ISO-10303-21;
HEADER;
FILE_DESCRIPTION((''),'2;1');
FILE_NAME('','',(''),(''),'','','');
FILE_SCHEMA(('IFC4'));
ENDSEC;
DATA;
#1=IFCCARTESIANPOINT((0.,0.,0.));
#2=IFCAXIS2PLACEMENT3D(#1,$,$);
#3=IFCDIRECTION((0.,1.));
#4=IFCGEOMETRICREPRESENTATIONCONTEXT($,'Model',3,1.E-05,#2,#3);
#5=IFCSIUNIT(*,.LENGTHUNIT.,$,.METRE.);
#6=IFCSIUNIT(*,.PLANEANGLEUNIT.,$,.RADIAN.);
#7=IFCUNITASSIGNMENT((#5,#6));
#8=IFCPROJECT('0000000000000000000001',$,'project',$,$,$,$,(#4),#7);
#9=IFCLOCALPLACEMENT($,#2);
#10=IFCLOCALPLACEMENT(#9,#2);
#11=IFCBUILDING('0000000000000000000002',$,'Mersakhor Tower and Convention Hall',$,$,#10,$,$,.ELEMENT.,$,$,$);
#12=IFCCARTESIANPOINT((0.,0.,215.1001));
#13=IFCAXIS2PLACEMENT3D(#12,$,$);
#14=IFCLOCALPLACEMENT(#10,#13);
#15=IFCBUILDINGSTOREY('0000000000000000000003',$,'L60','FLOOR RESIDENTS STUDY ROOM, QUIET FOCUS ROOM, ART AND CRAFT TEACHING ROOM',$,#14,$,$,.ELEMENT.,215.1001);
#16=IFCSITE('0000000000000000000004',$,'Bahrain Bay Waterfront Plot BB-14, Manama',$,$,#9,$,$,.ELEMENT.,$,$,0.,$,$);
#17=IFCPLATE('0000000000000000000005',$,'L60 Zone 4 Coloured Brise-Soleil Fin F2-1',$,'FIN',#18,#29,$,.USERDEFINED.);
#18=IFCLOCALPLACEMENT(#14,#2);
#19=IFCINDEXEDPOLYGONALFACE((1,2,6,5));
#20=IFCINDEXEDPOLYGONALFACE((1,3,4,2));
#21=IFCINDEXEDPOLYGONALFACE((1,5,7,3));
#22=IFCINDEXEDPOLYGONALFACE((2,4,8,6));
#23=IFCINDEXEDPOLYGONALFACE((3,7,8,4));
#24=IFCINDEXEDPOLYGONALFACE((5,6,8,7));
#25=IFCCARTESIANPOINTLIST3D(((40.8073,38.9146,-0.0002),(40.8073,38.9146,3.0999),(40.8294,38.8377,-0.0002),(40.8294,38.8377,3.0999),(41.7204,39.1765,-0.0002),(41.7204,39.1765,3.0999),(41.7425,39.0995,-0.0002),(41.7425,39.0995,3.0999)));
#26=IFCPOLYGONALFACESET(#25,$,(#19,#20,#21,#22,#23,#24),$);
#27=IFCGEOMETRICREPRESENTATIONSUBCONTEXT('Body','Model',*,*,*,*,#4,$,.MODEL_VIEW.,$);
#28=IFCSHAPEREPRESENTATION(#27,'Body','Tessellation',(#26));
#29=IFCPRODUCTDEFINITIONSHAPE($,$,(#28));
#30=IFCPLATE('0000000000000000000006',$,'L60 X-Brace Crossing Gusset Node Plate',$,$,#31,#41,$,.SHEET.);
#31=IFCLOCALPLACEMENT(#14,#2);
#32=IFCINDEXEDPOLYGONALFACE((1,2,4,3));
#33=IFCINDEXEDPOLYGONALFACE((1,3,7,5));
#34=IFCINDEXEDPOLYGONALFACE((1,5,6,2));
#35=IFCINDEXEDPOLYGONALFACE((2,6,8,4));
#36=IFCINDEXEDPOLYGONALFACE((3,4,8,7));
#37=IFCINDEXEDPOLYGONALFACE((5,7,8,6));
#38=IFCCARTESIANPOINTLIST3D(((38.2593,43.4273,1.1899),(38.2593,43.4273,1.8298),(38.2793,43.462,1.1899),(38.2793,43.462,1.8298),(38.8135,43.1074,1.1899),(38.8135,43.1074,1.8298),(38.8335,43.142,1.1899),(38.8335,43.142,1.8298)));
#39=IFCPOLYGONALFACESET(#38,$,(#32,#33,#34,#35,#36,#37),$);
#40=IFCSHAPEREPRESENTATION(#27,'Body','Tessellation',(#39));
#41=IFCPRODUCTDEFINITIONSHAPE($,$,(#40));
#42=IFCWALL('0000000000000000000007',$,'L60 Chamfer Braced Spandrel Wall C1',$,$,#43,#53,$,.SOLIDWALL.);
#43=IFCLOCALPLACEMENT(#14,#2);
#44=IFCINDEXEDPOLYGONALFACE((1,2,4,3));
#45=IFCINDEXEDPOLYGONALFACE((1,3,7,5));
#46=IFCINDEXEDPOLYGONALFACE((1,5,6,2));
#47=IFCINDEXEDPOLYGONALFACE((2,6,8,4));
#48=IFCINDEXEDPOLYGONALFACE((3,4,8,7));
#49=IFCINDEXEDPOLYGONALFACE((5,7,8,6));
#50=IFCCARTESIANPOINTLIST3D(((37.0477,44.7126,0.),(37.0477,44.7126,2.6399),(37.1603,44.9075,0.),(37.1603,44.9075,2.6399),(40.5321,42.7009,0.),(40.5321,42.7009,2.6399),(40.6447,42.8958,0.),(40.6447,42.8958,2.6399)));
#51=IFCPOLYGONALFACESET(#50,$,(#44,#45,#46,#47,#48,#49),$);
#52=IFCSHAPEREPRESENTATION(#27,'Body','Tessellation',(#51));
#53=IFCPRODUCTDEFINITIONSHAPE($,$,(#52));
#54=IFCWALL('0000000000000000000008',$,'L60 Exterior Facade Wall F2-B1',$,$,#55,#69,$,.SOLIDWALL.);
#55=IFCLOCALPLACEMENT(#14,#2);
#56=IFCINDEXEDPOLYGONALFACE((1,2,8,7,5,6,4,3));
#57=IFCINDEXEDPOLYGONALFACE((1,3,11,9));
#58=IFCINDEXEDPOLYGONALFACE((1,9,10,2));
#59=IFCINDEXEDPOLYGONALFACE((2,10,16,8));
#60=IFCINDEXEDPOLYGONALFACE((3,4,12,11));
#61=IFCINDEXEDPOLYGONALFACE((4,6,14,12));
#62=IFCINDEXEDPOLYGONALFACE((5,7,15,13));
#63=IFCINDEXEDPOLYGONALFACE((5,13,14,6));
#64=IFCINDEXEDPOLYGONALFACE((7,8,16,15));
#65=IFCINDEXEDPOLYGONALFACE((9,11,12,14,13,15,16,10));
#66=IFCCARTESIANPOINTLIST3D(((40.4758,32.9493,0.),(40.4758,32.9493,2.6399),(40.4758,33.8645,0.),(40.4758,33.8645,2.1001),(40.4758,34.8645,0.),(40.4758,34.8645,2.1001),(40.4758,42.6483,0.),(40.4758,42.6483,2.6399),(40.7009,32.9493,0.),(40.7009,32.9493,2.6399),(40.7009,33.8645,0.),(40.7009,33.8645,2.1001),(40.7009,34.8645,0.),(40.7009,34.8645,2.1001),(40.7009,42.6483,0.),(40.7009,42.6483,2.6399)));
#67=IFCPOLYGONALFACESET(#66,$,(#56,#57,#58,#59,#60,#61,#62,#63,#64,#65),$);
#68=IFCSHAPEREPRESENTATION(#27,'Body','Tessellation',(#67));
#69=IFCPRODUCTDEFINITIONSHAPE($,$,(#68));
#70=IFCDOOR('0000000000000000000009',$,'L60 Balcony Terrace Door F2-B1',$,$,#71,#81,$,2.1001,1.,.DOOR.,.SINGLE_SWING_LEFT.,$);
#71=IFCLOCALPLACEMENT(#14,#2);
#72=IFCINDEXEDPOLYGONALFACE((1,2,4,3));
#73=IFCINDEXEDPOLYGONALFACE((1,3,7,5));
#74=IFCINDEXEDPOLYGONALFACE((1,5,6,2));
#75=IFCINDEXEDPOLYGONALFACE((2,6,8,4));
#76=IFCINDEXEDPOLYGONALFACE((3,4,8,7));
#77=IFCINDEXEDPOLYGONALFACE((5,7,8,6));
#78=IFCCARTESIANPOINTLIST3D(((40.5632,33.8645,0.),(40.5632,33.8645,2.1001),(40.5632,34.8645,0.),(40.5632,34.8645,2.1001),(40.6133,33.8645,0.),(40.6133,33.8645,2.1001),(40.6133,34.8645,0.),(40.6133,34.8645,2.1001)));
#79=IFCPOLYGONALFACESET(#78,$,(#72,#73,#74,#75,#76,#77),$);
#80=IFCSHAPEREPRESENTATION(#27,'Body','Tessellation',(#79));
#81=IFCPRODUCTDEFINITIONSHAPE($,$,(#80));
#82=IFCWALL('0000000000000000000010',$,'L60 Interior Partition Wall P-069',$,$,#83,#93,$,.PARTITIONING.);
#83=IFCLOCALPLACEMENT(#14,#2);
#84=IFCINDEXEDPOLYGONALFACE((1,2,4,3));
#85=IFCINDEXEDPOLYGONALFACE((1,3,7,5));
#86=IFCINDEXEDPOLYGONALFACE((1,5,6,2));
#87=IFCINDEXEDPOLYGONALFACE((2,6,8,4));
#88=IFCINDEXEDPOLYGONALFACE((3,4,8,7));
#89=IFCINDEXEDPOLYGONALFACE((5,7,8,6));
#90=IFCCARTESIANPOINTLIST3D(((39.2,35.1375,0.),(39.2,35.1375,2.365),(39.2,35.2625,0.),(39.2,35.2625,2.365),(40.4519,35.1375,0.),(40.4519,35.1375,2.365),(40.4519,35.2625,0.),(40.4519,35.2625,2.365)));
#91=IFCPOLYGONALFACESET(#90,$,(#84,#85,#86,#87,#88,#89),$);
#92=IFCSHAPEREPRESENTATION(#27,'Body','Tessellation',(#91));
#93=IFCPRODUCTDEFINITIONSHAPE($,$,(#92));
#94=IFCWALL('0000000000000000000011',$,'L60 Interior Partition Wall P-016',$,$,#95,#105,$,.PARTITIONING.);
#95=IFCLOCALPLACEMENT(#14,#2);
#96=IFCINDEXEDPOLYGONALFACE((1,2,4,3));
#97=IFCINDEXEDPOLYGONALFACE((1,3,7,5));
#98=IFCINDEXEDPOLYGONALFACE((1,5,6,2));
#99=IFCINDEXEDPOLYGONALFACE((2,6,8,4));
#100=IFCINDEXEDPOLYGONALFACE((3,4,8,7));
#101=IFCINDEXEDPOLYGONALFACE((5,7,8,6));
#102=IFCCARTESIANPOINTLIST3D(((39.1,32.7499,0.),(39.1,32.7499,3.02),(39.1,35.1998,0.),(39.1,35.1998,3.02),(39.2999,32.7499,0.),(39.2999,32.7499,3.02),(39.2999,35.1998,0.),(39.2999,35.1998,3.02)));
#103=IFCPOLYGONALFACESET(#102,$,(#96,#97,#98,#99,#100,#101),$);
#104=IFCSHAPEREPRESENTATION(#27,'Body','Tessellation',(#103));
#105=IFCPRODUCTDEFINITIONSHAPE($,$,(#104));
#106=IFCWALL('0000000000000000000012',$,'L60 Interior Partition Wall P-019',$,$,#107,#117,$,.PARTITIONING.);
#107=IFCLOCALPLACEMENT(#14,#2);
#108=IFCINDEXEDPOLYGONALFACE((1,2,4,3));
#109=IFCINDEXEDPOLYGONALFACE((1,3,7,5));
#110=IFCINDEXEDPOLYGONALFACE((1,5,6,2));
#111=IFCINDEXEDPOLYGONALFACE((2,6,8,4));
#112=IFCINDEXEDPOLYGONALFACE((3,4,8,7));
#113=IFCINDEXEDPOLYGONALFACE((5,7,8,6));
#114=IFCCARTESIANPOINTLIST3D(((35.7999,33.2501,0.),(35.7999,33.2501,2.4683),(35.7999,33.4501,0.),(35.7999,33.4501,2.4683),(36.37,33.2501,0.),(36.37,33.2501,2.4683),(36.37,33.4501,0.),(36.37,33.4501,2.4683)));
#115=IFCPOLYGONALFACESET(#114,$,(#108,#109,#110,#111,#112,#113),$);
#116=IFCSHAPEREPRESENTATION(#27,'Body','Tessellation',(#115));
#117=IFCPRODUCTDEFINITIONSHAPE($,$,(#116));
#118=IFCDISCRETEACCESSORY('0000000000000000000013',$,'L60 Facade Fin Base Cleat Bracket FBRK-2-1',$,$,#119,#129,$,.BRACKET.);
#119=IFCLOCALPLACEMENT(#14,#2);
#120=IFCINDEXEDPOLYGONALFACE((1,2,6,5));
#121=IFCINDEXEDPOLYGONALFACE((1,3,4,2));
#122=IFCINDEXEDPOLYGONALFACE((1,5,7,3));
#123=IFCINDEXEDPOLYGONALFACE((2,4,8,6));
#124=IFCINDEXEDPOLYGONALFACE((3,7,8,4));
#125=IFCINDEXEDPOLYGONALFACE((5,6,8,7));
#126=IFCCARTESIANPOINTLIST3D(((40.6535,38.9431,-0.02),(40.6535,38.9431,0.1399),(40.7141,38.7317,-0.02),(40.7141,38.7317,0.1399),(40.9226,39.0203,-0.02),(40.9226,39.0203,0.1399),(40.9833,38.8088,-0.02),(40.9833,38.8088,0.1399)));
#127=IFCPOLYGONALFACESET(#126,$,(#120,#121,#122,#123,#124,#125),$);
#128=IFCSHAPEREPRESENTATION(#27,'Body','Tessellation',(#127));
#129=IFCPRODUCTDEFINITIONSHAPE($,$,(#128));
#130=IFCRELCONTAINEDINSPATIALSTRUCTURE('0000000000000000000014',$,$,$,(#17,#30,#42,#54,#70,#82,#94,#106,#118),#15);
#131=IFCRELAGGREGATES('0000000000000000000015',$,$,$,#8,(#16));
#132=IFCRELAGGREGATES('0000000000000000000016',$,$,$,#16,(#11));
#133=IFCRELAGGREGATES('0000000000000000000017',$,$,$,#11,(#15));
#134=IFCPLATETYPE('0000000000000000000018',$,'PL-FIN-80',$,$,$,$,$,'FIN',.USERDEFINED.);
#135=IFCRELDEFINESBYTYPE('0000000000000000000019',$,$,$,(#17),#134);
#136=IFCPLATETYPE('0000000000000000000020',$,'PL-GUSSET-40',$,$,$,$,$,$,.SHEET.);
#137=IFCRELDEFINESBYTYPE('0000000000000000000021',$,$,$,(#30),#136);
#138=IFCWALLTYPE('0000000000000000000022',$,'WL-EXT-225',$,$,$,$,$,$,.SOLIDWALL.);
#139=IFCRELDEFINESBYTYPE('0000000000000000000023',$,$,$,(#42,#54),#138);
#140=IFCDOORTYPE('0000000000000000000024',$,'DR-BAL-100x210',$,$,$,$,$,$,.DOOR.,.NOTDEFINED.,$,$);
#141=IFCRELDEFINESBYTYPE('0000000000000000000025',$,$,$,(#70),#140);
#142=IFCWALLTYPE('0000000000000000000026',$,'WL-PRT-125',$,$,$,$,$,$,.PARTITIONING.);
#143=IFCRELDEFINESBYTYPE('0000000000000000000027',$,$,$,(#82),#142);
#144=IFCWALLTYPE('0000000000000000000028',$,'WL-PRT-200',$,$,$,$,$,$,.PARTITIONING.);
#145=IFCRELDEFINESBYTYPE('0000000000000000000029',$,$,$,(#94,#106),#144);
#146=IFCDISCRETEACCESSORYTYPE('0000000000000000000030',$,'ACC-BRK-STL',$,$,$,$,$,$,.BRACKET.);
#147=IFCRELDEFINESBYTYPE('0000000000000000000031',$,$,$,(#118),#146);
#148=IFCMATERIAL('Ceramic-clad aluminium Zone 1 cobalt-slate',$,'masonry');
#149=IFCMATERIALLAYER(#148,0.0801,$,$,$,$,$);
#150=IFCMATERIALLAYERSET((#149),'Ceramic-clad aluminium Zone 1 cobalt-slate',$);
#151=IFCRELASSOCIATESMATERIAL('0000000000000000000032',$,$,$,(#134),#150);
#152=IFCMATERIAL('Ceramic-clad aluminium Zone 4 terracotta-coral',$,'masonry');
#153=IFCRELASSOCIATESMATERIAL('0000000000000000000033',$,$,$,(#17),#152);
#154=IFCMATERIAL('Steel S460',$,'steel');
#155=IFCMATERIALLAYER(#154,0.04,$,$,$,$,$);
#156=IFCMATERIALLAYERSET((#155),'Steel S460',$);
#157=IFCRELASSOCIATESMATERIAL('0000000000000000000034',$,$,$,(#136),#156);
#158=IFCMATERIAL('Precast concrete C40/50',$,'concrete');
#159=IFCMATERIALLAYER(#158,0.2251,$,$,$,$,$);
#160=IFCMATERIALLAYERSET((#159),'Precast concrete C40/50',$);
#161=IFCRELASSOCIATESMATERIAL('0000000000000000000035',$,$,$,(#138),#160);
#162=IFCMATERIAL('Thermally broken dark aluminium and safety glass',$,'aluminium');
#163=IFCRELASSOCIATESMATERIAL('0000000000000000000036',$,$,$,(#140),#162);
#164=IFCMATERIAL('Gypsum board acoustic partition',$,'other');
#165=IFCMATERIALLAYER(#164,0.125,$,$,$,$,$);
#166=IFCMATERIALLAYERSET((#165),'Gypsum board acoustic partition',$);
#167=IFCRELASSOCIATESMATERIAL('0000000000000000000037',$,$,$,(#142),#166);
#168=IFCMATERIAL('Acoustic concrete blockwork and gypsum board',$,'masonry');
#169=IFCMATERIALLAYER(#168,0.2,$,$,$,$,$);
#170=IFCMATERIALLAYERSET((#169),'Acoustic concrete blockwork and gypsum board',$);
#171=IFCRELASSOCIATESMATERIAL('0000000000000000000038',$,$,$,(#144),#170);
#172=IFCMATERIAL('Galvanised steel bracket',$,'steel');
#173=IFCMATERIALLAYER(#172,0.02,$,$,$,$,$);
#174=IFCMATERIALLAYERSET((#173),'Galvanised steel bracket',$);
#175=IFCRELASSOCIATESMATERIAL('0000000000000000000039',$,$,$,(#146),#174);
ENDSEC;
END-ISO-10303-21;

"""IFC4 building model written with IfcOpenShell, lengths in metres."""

from ifc_helpers import new_model, si_unit, direction, frame, frame_2d, origin, origin_2d, place, context, subcontext, project, spatial, rectangle, extrude, material, layer, layer_set, type_object, element, fill, save


model = new_model("IFC4")

# Units and contexts
model_context = context("Model", 3, precision=1e-05, world=origin(), true_north=direction((0.0, 1.0)))
body_context = subcontext(model_context, "Body", "Model", "MODEL_VIEW")
ifc_project = project(units=[si_unit("LENGTHUNIT", "METRE"), si_unit("PLANEANGLEUNIT", "RADIAN")], contexts=[model_context])

# Site, building, storey
site_placement = place(None, origin())
site = spatial("IfcSite", under=ifc_project, at=site_placement, Name="Bahrain Bay Waterfront Plot BB-14, Manama", CompositionType="ELEMENT", RefElevation=0.0)
building_placement = place(site_placement, origin())
building = spatial("IfcBuilding", under=site, at=building_placement, Name="Mersakhor Tower and Convention Hall", CompositionType="ELEMENT")
storey_placement = place(building_placement, frame((0.0, 0.0, 215.1001)))
storey = spatial("IfcBuildingStorey", under=building, at=storey_placement, Name="L60", Description="FLOOR RESIDENTS STUDY ROOM, QUIET FOCUS ROOM, ART AND CRAFT TEACHING ROOM", CompositionType="ELEMENT", Elevation=215.1001)

# Plates
ifc_material_1 = material(Name="Ceramic-clad aluminium Zone 4 terracotta-coral", Category="masonry")
ifc_material_2 = material(Name="Ceramic-clad aluminium Zone 1 cobalt-slate", Category="masonry")
ifc_layer_1 = layer(ifc_material_2, 0.0801)
ifc_layer_set_1 = layer_set([ifc_layer_1], Name="Ceramic-clad aluminium Zone 1 cobalt-slate")
plate_type_1 = type_object("IfcPlateType", Name="PL-FIN-80", ElementType="FIN", PredefinedType="USERDEFINED", material=ifc_layer_set_1)
plate_1_placement = place(storey_placement, frame((41.2749, 39.0071, -0.0002), z_axis=(0.0, 0.0, 1.0), x_axis=(0.961262, 0.275637, 0.0)))
element("IfcPlate", 1, at=plate_1_placement, inside=storey, type_object=plate_type_1, material=ifc_material_1, Name="L60 Zone 4 Coloured Brise-Soleil Fin F2-1", ObjectType="FIN", PredefinedType="USERDEFINED", context=body_context, shape_type="SweptSolid", body=[
    extrude(rectangle(XDim=0.95, YDim=0.0801, at=origin_2d()), origin(), (0.0, 0.0, 1.0), 3.1001),
])
ifc_material_3 = material(Name="Steel S460", Category="steel")
ifc_layer_2 = layer(ifc_material_3, 0.04)
ifc_layer_set_2 = layer_set([ifc_layer_2], Name="Steel S460")
plate_type_2 = type_object("IfcPlateType", Name="PL-GUSSET-40", PredefinedType="SHEET", material=ifc_layer_set_2)
plate_2_placement = place(storey_placement, frame((38.5464, 43.2847, 1.1899), z_axis=(0.0, 0.0, 1.0), x_axis=(-0.866025, 0.5, 0.0)))
element("IfcPlate", 2, at=plate_2_placement, inside=storey, type_object=plate_type_2, Name="L60 X-Brace Crossing Gusset Node Plate", PredefinedType="SHEET", context=body_context, shape_type="SweptSolid", body=[
    extrude(rectangle(XDim=0.6399, YDim=0.04, at=origin_2d()), origin(), (0.0, 0.0, 1.0), 0.6399),
])

# Wall
ifc_material_4 = material(Name="Precast concrete C40/50", Category="concrete")
ifc_layer_3 = layer(ifc_material_4, 0.2251)
ifc_layer_set_3 = layer_set([ifc_layer_3], Name="Precast concrete C40/50")
wall_type_1 = type_object("IfcWallType", Name="WL-EXT-225", PredefinedType="SOLIDWALL", material=ifc_layer_set_3)
wall_1_placement = place(storey_placement, frame((37.104, 44.8101, 0.0), z_axis=(0.0, 0.0, 1.0), x_axis=(0.866024, -0.500003, 0.0)))
element("IfcWall", 3, at=wall_1_placement, inside=storey, type_object=wall_type_1, Name="L60 Chamfer Braced Spandrel Wall C1", PredefinedType="SOLIDWALL", context=body_context, shape_type="SweptSolid", body=[
    extrude(rectangle(XDim=4.0234, YDim=0.2251, at=frame_2d((2.0117, 0.0))), origin(), (0.0, 0.0, 1.0), 2.6399),
])

# Wall, opening, door
wall_2_placement = place(storey_placement, frame((40.5884, 42.6484, 0.0), z_axis=(0.0, 0.0, 1.0), x_axis=(0.0, -1.0, 0.0)))
wall_2 = element("IfcWall", 4, at=wall_2_placement, inside=storey, type_object=wall_type_1, Name="L60 Exterior Facade Wall F2-B1", PredefinedType="SOLIDWALL", context=body_context, shape_type="SweptSolid", body=[
    extrude(rectangle(XDim=9.699, YDim=0.2251, at=frame_2d((4.8496, 0.0))), origin(), (0.0, 0.0, 1.0), 2.6399),
])
opening_placement = place(wall_2_placement, frame((7.7839, 0.0, 0.0)))
opening = element("IfcOpeningElement", 5, at=opening_placement, cuts=wall_2, PredefinedType="OPENING", context=body_context, shape_type="SweptSolid", body=[
    extrude(rectangle(XDim=1.0, YDim=2.1001, at=frame_2d((0.5, 1.05))), frame((0.0, 0.1226, 0.0), z_axis=(0.0, -1.0, 0.0), x_axis=(1.0, 0.0, 0.0)), (0.0, 0.0, 1.0), 0.2451),
])
ifc_material_5 = material(Name="Thermally broken dark aluminium and safety glass", Category="aluminium")
door_type = type_object("IfcDoorType", Name="DR-BAL-100x210", OperationType="NOTDEFINED", PredefinedType="DOOR", material=ifc_material_5)
door_placement = place(opening_placement, origin())
door = element("IfcDoor", 6, at=door_placement, inside=storey, type_object=door_type, Name="L60 Balcony Terrace Door F2-B1", OperationType="SINGLE_SWING_LEFT", OverallHeight=2.1001, OverallWidth=1.0, PredefinedType="DOOR", context=body_context, shape_type="SweptSolid", body=[
    extrude(rectangle(XDim=1.0, YDim=2.1001, at=frame_2d((0.5, 1.05))), frame((0.0, 0.0249, 0.0), z_axis=(0.0, -1.0, 0.0), x_axis=(1.0, 0.0, 0.0)), (0.0, 0.0, 1.0), 0.05),
])
fill(opening, door)

# Walls
ifc_material_6 = material(Name="Gypsum board acoustic partition", Category="other")
ifc_layer_4 = layer(ifc_material_6, 0.125)
ifc_layer_set_4 = layer_set([ifc_layer_4], Name="Gypsum board acoustic partition")
wall_type_2 = type_object("IfcWallType", Name="WL-PRT-125", PredefinedType="PARTITIONING", material=ifc_layer_set_4)
wall_3_placement = place(storey_placement, frame((40.4519, 35.2, 0.0), z_axis=(0.0, 0.0, 1.0), x_axis=(-1.0, 0.0, 0.0)))
element("IfcWall", 7, at=wall_3_placement, inside=storey, type_object=wall_type_2, Name="L60 Interior Partition Wall P-069", PredefinedType="PARTITIONING", context=body_context, shape_type="SweptSolid", body=[
    extrude(rectangle(XDim=1.252, YDim=0.125, at=frame_2d((0.626, 0.0))), origin(), (0.0, 0.0, 1.0), 2.365),
])
ifc_material_7 = material(Name="Acoustic concrete blockwork and gypsum board", Category="masonry")
ifc_layer_5 = layer(ifc_material_7, 0.2)
ifc_layer_set_5 = layer_set([ifc_layer_5], Name="Acoustic concrete blockwork and gypsum board")
wall_type_3 = type_object("IfcWallType", Name="WL-PRT-200", PredefinedType="PARTITIONING", material=ifc_layer_set_5)
wall_4_placement = place(storey_placement, frame((39.2, 35.2, 0.0), z_axis=(0.0, 0.0, 1.0), x_axis=(0.0, -1.0, 0.0)))
element("IfcWall", 8, at=wall_4_placement, inside=storey, type_object=wall_type_3, Name="L60 Interior Partition Wall P-016", PredefinedType="PARTITIONING", context=body_context, shape_type="SweptSolid", body=[
    extrude(rectangle(XDim=2.45, YDim=0.2, at=frame_2d((1.2251, 0.0))), origin(), (0.0, 0.0, 1.0), 3.02),
])
wall_5_placement = place(storey_placement, frame((36.3701, 33.3501, 0.0), z_axis=(0.0, 0.0, 1.0), x_axis=(-1.0, 0.0, 0.0)))
element("IfcWall", 9, at=wall_5_placement, inside=storey, type_object=wall_type_3, Name="L60 Interior Partition Wall P-019", PredefinedType="PARTITIONING", context=body_context, shape_type="SweptSolid", body=[
    extrude(rectangle(XDim=0.5701, YDim=0.2, at=frame_2d((0.2852, 0.0))), origin(), (0.0, 0.0, 1.0), 2.4683),
])

# Discrete accessory
ifc_material_8 = material(Name="Galvanised steel bracket", Category="steel")
ifc_layer_6 = layer(ifc_material_8, 0.02)
ifc_layer_set_6 = layer_set([ifc_layer_6], Name="Galvanised steel bracket")
discrete_accessory_type = type_object("IfcDiscreteAccessoryType", Name="ACC-BRK-STL", PredefinedType="BRACKET", material=ifc_layer_set_6)
discrete_accessory_placement = place(storey_placement, frame((40.8184, 38.876, -0.02), z_axis=(0.0, 0.0, 1.0), x_axis=(0.961262, 0.275637, 0.0)))
element("IfcDiscreteAccessory", 10, at=discrete_accessory_placement, inside=storey, type_object=discrete_accessory_type, Name="L60 Facade Fin Base Cleat Bracket FBRK-2-1", PredefinedType="BRACKET", context=body_context, shape_type="SweptSolid", body=[
    extrude(rectangle(XDim=0.28, YDim=0.22, at=origin_2d()), origin(), (0.0, 0.0, 1.0), 0.1599),
])

save(model, "model.ifc")
